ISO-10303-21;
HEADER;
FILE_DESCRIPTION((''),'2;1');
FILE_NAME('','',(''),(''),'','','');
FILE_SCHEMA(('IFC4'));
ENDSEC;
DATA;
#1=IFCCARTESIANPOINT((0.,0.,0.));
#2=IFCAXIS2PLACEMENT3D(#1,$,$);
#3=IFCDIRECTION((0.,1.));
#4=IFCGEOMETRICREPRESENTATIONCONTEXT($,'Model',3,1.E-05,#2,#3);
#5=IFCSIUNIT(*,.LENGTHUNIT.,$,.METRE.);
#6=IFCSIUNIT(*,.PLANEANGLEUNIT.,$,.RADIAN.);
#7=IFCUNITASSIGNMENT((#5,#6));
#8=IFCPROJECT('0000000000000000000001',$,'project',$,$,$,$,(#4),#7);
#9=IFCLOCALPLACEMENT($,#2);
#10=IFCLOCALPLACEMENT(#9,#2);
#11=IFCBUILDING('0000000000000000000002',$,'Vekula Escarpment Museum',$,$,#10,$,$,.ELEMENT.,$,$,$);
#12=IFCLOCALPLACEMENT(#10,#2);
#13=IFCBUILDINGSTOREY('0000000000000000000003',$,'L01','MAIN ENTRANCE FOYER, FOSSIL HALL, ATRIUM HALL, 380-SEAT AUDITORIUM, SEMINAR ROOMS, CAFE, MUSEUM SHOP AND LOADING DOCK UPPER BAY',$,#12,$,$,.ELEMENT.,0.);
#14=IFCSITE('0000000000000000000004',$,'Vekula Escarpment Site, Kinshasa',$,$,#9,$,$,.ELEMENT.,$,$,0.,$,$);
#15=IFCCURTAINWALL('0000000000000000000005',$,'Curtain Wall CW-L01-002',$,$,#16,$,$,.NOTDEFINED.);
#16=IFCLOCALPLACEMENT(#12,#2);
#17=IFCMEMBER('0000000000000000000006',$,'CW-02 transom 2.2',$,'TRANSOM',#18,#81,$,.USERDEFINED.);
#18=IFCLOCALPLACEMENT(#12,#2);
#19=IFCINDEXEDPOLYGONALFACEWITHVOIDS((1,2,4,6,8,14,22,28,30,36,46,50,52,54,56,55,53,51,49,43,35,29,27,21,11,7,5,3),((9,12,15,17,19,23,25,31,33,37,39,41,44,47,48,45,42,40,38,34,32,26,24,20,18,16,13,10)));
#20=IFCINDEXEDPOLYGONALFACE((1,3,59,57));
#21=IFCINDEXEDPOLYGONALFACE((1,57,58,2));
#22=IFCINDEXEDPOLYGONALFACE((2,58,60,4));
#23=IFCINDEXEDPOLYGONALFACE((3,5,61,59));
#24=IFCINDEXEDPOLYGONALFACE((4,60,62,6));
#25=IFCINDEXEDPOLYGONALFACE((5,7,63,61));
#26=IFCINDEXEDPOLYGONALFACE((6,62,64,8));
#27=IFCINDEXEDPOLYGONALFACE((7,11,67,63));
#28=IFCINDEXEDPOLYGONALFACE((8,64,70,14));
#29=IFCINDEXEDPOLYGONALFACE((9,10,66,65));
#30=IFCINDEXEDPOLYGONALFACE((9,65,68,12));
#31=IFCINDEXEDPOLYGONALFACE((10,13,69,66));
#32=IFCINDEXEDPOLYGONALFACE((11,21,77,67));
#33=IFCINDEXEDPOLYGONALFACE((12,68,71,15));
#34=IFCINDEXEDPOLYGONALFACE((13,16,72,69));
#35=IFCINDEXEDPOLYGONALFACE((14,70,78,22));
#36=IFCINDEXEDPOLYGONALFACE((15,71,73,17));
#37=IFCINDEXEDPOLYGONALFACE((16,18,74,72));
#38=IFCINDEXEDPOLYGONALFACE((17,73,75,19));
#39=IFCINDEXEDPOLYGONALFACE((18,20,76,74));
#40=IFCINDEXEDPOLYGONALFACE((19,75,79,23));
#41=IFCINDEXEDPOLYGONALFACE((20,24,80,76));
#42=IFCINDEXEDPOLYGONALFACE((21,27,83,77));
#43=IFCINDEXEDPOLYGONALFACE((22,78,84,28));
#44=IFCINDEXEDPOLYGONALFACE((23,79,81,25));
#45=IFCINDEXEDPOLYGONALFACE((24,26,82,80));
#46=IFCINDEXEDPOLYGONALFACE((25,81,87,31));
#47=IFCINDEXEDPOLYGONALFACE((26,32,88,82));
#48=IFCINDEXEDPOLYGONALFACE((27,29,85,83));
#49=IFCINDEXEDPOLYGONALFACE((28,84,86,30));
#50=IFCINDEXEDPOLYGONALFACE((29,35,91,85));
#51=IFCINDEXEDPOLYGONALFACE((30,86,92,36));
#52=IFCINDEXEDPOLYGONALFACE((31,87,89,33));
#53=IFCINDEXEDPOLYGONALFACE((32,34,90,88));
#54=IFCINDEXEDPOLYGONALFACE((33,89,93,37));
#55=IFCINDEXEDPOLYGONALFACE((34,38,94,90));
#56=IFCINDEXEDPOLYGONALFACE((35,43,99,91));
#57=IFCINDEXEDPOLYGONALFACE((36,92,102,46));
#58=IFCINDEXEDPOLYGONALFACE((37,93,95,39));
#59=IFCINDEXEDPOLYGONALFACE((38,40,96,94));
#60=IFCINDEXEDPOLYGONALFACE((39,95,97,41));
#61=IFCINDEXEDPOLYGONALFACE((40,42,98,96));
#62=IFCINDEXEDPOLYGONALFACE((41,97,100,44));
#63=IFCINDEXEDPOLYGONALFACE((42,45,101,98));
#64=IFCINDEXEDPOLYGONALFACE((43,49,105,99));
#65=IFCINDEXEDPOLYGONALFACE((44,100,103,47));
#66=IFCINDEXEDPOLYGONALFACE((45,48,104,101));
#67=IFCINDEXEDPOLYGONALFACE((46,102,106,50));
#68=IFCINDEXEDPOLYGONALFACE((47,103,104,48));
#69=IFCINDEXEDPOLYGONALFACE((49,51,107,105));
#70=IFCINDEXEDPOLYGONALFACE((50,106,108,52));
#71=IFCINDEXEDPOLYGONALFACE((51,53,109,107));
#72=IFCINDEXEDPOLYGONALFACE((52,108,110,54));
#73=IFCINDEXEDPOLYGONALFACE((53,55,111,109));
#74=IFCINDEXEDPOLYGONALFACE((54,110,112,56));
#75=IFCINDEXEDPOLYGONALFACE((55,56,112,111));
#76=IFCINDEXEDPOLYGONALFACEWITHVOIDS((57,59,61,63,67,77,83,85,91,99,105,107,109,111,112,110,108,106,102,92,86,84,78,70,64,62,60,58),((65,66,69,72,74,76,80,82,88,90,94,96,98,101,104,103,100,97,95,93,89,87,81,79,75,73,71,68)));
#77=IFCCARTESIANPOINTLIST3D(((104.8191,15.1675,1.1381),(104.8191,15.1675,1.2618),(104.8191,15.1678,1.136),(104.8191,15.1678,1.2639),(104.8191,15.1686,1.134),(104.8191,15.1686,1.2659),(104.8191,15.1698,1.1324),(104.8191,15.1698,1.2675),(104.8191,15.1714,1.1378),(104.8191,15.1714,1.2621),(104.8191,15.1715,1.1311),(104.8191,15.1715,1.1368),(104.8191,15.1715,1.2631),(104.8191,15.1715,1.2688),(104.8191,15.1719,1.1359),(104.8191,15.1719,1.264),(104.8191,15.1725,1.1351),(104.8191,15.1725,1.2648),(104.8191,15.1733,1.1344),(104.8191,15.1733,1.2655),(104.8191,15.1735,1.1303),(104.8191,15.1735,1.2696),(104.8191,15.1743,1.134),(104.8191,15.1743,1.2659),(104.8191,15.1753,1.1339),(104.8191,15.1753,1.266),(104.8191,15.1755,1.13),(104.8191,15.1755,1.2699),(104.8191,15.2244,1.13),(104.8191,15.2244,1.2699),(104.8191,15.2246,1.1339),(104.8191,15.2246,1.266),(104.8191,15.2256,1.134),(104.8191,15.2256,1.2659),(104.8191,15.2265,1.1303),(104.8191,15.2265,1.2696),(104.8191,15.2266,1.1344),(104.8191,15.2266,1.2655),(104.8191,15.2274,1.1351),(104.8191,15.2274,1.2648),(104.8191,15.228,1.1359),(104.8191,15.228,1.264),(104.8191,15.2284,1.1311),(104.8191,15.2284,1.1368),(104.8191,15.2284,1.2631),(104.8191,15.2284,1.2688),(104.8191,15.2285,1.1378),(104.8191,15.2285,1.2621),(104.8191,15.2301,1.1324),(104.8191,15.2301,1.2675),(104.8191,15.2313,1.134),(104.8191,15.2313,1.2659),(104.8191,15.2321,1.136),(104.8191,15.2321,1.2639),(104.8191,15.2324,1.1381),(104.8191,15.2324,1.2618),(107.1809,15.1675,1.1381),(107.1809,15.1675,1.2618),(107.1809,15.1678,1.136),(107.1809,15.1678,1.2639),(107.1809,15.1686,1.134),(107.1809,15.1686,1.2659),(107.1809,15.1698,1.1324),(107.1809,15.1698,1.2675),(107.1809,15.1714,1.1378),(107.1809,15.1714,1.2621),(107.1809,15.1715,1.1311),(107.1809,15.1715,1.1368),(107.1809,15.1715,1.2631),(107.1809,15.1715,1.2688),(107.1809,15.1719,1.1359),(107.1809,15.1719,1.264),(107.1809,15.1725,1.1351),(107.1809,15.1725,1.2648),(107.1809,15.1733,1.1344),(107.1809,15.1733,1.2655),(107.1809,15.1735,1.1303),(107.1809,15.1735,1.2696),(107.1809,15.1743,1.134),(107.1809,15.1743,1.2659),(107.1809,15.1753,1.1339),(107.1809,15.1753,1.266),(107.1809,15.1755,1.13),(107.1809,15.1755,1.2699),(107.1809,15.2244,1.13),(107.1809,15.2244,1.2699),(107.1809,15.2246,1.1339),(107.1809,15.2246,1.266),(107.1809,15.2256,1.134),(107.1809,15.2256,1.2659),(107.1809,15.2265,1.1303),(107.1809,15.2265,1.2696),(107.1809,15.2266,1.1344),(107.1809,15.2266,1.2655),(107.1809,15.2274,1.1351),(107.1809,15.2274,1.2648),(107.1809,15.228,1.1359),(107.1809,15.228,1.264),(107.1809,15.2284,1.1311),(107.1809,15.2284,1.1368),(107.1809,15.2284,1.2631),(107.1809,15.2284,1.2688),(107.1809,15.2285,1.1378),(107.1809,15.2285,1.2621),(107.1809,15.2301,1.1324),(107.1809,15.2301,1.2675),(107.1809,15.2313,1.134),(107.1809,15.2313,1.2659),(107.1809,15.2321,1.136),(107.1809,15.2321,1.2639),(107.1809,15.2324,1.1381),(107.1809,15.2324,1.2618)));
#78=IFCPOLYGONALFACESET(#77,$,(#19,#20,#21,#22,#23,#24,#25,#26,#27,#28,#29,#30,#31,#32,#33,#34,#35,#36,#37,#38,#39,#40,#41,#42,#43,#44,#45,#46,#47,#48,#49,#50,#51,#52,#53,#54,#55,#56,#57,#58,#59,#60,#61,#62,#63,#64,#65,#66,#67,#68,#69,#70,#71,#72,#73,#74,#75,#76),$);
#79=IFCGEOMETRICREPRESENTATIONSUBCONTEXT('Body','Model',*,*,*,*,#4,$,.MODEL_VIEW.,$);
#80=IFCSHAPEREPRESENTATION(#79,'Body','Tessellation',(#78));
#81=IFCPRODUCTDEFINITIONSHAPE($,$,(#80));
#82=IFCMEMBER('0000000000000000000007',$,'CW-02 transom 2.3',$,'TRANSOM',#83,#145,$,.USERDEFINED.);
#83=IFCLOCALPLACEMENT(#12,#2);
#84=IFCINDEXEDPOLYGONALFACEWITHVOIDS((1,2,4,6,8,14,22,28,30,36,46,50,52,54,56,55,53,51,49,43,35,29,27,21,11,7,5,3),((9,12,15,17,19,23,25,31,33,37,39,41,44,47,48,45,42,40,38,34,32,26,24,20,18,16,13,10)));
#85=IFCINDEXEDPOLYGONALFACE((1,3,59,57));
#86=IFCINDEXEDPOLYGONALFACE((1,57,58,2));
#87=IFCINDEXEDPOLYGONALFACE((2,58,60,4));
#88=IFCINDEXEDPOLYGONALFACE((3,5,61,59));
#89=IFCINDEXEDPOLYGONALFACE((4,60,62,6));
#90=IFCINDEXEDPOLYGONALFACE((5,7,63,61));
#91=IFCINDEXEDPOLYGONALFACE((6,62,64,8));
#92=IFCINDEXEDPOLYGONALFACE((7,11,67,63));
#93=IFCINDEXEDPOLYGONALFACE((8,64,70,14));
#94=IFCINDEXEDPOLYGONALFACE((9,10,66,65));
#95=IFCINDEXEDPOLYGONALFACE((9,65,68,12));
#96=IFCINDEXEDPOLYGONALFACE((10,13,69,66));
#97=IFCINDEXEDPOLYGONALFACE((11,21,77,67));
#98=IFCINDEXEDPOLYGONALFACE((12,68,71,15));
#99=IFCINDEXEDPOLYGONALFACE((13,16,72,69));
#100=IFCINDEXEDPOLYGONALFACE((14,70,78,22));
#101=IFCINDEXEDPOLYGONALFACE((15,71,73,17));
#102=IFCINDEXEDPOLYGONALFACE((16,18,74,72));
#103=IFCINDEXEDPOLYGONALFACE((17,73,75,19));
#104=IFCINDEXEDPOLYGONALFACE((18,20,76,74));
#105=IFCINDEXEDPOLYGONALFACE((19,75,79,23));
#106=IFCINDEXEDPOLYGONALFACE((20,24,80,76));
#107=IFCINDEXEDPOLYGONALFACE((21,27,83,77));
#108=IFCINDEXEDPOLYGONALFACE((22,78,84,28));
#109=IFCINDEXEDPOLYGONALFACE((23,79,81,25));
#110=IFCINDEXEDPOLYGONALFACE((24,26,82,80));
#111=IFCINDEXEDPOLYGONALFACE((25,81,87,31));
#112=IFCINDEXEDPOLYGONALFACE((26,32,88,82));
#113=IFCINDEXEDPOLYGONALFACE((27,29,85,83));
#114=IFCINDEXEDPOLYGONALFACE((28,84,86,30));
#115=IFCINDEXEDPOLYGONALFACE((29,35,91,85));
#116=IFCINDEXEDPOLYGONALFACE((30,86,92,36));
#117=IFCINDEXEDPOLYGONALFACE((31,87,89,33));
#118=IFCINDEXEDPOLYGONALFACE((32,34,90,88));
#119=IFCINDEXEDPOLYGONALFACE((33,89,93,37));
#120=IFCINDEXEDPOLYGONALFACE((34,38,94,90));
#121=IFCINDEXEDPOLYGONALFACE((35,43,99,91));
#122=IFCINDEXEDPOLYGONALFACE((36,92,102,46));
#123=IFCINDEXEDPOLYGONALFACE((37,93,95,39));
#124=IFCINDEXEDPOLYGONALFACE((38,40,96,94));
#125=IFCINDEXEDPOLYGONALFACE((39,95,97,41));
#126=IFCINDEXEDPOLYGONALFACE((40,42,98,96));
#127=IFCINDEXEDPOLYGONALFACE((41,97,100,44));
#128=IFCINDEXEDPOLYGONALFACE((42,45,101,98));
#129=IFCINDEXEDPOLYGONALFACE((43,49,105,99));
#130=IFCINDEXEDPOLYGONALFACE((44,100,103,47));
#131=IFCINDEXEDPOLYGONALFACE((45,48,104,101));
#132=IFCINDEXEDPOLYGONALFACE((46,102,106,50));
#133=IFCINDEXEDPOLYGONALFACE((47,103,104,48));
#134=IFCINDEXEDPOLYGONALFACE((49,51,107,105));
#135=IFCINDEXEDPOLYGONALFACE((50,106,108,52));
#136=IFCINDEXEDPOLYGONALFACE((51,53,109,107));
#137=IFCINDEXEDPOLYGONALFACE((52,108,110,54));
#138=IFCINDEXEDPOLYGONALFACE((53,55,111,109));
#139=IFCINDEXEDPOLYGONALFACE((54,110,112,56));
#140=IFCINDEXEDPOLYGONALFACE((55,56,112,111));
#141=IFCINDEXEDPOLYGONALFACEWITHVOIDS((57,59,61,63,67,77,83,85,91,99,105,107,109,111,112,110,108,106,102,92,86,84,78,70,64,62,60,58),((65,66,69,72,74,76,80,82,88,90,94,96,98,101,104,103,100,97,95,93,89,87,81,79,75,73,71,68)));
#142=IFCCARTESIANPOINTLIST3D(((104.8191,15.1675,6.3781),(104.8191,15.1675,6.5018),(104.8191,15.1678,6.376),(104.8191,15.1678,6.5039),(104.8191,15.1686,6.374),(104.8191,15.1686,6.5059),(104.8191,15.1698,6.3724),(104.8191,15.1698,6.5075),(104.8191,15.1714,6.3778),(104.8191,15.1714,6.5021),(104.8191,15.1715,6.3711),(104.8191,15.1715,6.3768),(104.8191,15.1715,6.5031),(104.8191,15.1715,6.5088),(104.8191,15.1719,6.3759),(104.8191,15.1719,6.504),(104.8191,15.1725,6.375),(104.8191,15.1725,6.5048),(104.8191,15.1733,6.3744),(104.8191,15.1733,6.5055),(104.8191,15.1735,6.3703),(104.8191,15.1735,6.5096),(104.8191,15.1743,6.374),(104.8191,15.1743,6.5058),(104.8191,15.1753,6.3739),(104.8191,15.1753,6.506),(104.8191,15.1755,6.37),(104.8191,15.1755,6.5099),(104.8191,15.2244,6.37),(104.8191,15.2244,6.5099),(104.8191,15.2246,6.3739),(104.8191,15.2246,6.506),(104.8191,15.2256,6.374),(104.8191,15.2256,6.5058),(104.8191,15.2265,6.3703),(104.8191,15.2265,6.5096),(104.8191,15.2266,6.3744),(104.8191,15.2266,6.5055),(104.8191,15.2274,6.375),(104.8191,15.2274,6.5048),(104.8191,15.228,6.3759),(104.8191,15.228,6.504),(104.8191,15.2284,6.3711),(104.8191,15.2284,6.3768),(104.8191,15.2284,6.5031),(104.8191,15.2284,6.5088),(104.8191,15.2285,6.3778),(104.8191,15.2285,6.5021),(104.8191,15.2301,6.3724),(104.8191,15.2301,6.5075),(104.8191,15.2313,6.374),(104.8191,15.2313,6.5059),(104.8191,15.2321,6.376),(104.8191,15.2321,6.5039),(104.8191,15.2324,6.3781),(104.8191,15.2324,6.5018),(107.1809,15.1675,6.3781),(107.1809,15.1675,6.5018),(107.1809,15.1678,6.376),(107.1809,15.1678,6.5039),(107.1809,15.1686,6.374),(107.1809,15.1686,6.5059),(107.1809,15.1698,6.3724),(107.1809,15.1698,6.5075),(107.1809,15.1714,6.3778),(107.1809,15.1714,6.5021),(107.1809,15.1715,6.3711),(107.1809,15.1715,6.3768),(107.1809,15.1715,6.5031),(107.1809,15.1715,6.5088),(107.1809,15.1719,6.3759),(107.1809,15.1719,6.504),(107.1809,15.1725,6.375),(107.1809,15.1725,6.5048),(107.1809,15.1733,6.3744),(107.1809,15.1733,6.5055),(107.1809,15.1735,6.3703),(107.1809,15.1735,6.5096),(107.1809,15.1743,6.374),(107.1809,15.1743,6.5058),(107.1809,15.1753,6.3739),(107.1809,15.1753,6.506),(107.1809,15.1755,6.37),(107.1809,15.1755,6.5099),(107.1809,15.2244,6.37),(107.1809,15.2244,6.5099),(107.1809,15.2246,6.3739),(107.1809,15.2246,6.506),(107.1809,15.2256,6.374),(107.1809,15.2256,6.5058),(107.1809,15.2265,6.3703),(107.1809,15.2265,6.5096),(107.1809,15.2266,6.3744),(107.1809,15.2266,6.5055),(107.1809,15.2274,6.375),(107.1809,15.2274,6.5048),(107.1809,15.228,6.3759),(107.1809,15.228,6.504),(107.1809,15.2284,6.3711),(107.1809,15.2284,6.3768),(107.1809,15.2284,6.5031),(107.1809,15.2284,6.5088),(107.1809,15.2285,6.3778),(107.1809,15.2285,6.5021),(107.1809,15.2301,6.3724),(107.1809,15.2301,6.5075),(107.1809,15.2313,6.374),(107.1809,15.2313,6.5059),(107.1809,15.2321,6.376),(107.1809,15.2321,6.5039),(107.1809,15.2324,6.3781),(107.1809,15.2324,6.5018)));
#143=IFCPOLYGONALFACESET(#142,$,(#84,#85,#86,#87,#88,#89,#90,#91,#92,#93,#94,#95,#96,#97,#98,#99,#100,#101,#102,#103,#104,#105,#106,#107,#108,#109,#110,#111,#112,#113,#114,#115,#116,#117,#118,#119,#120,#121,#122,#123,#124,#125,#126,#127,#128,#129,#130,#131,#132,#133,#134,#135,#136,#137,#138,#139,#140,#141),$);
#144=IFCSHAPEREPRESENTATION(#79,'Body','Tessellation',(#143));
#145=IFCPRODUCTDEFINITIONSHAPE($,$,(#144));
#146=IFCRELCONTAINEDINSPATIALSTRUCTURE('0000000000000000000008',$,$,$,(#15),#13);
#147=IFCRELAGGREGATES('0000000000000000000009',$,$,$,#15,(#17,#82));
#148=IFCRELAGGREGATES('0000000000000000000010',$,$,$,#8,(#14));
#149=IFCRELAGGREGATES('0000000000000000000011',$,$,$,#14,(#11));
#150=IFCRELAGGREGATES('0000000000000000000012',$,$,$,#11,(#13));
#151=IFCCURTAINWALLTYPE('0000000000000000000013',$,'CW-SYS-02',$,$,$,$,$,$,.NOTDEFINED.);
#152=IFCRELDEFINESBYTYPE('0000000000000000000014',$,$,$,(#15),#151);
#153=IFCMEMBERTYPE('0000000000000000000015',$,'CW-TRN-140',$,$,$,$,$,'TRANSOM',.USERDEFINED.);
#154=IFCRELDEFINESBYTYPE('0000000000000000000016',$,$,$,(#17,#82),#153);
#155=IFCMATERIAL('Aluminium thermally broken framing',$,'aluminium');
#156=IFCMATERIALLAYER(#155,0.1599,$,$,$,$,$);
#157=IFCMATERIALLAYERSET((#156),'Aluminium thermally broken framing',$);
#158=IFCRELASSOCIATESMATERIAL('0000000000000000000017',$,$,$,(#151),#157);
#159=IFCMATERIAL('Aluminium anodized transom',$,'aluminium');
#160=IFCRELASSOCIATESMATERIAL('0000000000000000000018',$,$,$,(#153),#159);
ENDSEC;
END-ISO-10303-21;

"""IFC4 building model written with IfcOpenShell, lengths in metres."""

from ifc_helpers import new_model, si_unit, direction, frame, origin, origin_2d, place, context, subcontext, project, spatial, hollow_rectangle, extrude, material, layer, layer_set, material_profile, profile_set, type_object, element, aggregate, save


model = new_model("IFC4")

# Units and contexts
model_context = context("Model", 3, precision=1e-05, world=origin(), true_north=direction((0.0, 1.0)))
body_context = subcontext(model_context, "Body", "Model", "MODEL_VIEW")
ifc_project = project(units=[si_unit("LENGTHUNIT", "METRE"), si_unit("PLANEANGLEUNIT", "RADIAN")], contexts=[model_context])

# Site, building, storey
site_placement = place(None, origin())
site = spatial("IfcSite", under=ifc_project, at=site_placement, Name="Vekula Escarpment Site, Kinshasa", CompositionType="ELEMENT", RefElevation=0.0)
building_placement = place(site_placement, origin())
building = spatial("IfcBuilding", under=site, at=building_placement, Name="Vekula Escarpment Museum", CompositionType="ELEMENT")
storey_placement = place(building_placement, origin())
storey = spatial("IfcBuildingStorey", under=building, at=storey_placement, Name="L01", Description="MAIN ENTRANCE FOYER, FOSSIL HALL, ATRIUM HALL, 380-SEAT AUDITORIUM, SEMINAR ROOMS, CAFE, MUSEUM SHOP AND LOADING DOCK UPPER BAY", CompositionType="ELEMENT", Elevation=0.0)

# Curtain wall, members
ifc_material_1 = material(Name="Aluminium thermally broken framing", Category="aluminium")
ifc_layer_1 = layer(ifc_material_1, 0.1599)
ifc_layer_set_1 = layer_set([ifc_layer_1], Name="Aluminium thermally broken framing")
curtain_wall_type_1 = type_object("IfcCurtainWallType", Name="CW-SYS-02", PredefinedType="NOTDEFINED", material=ifc_layer_set_1)
curtain_wall_1_placement = place(storey_placement, origin())
curtain_wall_1 = element("IfcCurtainWall", 1, at=curtain_wall_1_placement, inside=storey, type_object=curtain_wall_type_1, Name="Curtain Wall CW-L01-002", PredefinedType="NOTDEFINED")
ifc_material_2 = material(Name="Aluminium anodized transom", Category="aluminium")
ifc_material_profile_1 = material_profile(ifc_material_2, hollow_rectangle(XDim=0.0649, YDim=0.1399, WallThickness=0.0039, InnerFilletRadius=0.0039, OuterFilletRadius=0.0081, at=origin_2d()), Name="ALU 140x65x4")
ifc_profile_set_1 = profile_set([ifc_material_profile_1], Name="Aluminium anodized transom")
member_type_1 = type_object("IfcMemberType", Name="CW-TRN-140", ElementType="TRANSOM", PredefinedType="USERDEFINED", material=ifc_profile_set_1)
member_1_placement = place(storey_placement, frame((107.1809, 15.2, 1.2), z_axis=(-1.0, 0.0, 0.0), x_axis=(0.0, -1.0, 0.0)))
member_1 = element("IfcMember", 2, at=member_1_placement, type_object=member_type_1, Name="CW-02 transom 2.2", ObjectType="TRANSOM", PredefinedType="USERDEFINED", context=body_context, shape_type="SweptSolid", body=[
    extrude(hollow_rectangle(XDim=0.0649, YDim=0.1399, WallThickness=0.0039, InnerFilletRadius=0.0039, OuterFilletRadius=0.0081, at=origin_2d()), origin(), (0.0, 0.0, 1.0), 2.3618),
])
member_2_placement = place(storey_placement, frame((107.1809, 15.2, 6.4399), z_axis=(-1.0, 0.0, 0.0), x_axis=(0.0, -1.0, 0.0)))
member_2 = element("IfcMember", 3, at=member_2_placement, type_object=member_type_1, Name="CW-02 transom 2.3", ObjectType="TRANSOM", PredefinedType="USERDEFINED", context=body_context, shape_type="SweptSolid", body=[
    extrude(hollow_rectangle(XDim=0.0649, YDim=0.1399, WallThickness=0.0039, InnerFilletRadius=0.0039, OuterFilletRadius=0.0081, at=origin_2d()), origin(), (0.0, 0.0, 1.0), 2.3618),
])

aggregate(curtain_wall_1, [member_1, member_2])

save(model, "model.ifc")
